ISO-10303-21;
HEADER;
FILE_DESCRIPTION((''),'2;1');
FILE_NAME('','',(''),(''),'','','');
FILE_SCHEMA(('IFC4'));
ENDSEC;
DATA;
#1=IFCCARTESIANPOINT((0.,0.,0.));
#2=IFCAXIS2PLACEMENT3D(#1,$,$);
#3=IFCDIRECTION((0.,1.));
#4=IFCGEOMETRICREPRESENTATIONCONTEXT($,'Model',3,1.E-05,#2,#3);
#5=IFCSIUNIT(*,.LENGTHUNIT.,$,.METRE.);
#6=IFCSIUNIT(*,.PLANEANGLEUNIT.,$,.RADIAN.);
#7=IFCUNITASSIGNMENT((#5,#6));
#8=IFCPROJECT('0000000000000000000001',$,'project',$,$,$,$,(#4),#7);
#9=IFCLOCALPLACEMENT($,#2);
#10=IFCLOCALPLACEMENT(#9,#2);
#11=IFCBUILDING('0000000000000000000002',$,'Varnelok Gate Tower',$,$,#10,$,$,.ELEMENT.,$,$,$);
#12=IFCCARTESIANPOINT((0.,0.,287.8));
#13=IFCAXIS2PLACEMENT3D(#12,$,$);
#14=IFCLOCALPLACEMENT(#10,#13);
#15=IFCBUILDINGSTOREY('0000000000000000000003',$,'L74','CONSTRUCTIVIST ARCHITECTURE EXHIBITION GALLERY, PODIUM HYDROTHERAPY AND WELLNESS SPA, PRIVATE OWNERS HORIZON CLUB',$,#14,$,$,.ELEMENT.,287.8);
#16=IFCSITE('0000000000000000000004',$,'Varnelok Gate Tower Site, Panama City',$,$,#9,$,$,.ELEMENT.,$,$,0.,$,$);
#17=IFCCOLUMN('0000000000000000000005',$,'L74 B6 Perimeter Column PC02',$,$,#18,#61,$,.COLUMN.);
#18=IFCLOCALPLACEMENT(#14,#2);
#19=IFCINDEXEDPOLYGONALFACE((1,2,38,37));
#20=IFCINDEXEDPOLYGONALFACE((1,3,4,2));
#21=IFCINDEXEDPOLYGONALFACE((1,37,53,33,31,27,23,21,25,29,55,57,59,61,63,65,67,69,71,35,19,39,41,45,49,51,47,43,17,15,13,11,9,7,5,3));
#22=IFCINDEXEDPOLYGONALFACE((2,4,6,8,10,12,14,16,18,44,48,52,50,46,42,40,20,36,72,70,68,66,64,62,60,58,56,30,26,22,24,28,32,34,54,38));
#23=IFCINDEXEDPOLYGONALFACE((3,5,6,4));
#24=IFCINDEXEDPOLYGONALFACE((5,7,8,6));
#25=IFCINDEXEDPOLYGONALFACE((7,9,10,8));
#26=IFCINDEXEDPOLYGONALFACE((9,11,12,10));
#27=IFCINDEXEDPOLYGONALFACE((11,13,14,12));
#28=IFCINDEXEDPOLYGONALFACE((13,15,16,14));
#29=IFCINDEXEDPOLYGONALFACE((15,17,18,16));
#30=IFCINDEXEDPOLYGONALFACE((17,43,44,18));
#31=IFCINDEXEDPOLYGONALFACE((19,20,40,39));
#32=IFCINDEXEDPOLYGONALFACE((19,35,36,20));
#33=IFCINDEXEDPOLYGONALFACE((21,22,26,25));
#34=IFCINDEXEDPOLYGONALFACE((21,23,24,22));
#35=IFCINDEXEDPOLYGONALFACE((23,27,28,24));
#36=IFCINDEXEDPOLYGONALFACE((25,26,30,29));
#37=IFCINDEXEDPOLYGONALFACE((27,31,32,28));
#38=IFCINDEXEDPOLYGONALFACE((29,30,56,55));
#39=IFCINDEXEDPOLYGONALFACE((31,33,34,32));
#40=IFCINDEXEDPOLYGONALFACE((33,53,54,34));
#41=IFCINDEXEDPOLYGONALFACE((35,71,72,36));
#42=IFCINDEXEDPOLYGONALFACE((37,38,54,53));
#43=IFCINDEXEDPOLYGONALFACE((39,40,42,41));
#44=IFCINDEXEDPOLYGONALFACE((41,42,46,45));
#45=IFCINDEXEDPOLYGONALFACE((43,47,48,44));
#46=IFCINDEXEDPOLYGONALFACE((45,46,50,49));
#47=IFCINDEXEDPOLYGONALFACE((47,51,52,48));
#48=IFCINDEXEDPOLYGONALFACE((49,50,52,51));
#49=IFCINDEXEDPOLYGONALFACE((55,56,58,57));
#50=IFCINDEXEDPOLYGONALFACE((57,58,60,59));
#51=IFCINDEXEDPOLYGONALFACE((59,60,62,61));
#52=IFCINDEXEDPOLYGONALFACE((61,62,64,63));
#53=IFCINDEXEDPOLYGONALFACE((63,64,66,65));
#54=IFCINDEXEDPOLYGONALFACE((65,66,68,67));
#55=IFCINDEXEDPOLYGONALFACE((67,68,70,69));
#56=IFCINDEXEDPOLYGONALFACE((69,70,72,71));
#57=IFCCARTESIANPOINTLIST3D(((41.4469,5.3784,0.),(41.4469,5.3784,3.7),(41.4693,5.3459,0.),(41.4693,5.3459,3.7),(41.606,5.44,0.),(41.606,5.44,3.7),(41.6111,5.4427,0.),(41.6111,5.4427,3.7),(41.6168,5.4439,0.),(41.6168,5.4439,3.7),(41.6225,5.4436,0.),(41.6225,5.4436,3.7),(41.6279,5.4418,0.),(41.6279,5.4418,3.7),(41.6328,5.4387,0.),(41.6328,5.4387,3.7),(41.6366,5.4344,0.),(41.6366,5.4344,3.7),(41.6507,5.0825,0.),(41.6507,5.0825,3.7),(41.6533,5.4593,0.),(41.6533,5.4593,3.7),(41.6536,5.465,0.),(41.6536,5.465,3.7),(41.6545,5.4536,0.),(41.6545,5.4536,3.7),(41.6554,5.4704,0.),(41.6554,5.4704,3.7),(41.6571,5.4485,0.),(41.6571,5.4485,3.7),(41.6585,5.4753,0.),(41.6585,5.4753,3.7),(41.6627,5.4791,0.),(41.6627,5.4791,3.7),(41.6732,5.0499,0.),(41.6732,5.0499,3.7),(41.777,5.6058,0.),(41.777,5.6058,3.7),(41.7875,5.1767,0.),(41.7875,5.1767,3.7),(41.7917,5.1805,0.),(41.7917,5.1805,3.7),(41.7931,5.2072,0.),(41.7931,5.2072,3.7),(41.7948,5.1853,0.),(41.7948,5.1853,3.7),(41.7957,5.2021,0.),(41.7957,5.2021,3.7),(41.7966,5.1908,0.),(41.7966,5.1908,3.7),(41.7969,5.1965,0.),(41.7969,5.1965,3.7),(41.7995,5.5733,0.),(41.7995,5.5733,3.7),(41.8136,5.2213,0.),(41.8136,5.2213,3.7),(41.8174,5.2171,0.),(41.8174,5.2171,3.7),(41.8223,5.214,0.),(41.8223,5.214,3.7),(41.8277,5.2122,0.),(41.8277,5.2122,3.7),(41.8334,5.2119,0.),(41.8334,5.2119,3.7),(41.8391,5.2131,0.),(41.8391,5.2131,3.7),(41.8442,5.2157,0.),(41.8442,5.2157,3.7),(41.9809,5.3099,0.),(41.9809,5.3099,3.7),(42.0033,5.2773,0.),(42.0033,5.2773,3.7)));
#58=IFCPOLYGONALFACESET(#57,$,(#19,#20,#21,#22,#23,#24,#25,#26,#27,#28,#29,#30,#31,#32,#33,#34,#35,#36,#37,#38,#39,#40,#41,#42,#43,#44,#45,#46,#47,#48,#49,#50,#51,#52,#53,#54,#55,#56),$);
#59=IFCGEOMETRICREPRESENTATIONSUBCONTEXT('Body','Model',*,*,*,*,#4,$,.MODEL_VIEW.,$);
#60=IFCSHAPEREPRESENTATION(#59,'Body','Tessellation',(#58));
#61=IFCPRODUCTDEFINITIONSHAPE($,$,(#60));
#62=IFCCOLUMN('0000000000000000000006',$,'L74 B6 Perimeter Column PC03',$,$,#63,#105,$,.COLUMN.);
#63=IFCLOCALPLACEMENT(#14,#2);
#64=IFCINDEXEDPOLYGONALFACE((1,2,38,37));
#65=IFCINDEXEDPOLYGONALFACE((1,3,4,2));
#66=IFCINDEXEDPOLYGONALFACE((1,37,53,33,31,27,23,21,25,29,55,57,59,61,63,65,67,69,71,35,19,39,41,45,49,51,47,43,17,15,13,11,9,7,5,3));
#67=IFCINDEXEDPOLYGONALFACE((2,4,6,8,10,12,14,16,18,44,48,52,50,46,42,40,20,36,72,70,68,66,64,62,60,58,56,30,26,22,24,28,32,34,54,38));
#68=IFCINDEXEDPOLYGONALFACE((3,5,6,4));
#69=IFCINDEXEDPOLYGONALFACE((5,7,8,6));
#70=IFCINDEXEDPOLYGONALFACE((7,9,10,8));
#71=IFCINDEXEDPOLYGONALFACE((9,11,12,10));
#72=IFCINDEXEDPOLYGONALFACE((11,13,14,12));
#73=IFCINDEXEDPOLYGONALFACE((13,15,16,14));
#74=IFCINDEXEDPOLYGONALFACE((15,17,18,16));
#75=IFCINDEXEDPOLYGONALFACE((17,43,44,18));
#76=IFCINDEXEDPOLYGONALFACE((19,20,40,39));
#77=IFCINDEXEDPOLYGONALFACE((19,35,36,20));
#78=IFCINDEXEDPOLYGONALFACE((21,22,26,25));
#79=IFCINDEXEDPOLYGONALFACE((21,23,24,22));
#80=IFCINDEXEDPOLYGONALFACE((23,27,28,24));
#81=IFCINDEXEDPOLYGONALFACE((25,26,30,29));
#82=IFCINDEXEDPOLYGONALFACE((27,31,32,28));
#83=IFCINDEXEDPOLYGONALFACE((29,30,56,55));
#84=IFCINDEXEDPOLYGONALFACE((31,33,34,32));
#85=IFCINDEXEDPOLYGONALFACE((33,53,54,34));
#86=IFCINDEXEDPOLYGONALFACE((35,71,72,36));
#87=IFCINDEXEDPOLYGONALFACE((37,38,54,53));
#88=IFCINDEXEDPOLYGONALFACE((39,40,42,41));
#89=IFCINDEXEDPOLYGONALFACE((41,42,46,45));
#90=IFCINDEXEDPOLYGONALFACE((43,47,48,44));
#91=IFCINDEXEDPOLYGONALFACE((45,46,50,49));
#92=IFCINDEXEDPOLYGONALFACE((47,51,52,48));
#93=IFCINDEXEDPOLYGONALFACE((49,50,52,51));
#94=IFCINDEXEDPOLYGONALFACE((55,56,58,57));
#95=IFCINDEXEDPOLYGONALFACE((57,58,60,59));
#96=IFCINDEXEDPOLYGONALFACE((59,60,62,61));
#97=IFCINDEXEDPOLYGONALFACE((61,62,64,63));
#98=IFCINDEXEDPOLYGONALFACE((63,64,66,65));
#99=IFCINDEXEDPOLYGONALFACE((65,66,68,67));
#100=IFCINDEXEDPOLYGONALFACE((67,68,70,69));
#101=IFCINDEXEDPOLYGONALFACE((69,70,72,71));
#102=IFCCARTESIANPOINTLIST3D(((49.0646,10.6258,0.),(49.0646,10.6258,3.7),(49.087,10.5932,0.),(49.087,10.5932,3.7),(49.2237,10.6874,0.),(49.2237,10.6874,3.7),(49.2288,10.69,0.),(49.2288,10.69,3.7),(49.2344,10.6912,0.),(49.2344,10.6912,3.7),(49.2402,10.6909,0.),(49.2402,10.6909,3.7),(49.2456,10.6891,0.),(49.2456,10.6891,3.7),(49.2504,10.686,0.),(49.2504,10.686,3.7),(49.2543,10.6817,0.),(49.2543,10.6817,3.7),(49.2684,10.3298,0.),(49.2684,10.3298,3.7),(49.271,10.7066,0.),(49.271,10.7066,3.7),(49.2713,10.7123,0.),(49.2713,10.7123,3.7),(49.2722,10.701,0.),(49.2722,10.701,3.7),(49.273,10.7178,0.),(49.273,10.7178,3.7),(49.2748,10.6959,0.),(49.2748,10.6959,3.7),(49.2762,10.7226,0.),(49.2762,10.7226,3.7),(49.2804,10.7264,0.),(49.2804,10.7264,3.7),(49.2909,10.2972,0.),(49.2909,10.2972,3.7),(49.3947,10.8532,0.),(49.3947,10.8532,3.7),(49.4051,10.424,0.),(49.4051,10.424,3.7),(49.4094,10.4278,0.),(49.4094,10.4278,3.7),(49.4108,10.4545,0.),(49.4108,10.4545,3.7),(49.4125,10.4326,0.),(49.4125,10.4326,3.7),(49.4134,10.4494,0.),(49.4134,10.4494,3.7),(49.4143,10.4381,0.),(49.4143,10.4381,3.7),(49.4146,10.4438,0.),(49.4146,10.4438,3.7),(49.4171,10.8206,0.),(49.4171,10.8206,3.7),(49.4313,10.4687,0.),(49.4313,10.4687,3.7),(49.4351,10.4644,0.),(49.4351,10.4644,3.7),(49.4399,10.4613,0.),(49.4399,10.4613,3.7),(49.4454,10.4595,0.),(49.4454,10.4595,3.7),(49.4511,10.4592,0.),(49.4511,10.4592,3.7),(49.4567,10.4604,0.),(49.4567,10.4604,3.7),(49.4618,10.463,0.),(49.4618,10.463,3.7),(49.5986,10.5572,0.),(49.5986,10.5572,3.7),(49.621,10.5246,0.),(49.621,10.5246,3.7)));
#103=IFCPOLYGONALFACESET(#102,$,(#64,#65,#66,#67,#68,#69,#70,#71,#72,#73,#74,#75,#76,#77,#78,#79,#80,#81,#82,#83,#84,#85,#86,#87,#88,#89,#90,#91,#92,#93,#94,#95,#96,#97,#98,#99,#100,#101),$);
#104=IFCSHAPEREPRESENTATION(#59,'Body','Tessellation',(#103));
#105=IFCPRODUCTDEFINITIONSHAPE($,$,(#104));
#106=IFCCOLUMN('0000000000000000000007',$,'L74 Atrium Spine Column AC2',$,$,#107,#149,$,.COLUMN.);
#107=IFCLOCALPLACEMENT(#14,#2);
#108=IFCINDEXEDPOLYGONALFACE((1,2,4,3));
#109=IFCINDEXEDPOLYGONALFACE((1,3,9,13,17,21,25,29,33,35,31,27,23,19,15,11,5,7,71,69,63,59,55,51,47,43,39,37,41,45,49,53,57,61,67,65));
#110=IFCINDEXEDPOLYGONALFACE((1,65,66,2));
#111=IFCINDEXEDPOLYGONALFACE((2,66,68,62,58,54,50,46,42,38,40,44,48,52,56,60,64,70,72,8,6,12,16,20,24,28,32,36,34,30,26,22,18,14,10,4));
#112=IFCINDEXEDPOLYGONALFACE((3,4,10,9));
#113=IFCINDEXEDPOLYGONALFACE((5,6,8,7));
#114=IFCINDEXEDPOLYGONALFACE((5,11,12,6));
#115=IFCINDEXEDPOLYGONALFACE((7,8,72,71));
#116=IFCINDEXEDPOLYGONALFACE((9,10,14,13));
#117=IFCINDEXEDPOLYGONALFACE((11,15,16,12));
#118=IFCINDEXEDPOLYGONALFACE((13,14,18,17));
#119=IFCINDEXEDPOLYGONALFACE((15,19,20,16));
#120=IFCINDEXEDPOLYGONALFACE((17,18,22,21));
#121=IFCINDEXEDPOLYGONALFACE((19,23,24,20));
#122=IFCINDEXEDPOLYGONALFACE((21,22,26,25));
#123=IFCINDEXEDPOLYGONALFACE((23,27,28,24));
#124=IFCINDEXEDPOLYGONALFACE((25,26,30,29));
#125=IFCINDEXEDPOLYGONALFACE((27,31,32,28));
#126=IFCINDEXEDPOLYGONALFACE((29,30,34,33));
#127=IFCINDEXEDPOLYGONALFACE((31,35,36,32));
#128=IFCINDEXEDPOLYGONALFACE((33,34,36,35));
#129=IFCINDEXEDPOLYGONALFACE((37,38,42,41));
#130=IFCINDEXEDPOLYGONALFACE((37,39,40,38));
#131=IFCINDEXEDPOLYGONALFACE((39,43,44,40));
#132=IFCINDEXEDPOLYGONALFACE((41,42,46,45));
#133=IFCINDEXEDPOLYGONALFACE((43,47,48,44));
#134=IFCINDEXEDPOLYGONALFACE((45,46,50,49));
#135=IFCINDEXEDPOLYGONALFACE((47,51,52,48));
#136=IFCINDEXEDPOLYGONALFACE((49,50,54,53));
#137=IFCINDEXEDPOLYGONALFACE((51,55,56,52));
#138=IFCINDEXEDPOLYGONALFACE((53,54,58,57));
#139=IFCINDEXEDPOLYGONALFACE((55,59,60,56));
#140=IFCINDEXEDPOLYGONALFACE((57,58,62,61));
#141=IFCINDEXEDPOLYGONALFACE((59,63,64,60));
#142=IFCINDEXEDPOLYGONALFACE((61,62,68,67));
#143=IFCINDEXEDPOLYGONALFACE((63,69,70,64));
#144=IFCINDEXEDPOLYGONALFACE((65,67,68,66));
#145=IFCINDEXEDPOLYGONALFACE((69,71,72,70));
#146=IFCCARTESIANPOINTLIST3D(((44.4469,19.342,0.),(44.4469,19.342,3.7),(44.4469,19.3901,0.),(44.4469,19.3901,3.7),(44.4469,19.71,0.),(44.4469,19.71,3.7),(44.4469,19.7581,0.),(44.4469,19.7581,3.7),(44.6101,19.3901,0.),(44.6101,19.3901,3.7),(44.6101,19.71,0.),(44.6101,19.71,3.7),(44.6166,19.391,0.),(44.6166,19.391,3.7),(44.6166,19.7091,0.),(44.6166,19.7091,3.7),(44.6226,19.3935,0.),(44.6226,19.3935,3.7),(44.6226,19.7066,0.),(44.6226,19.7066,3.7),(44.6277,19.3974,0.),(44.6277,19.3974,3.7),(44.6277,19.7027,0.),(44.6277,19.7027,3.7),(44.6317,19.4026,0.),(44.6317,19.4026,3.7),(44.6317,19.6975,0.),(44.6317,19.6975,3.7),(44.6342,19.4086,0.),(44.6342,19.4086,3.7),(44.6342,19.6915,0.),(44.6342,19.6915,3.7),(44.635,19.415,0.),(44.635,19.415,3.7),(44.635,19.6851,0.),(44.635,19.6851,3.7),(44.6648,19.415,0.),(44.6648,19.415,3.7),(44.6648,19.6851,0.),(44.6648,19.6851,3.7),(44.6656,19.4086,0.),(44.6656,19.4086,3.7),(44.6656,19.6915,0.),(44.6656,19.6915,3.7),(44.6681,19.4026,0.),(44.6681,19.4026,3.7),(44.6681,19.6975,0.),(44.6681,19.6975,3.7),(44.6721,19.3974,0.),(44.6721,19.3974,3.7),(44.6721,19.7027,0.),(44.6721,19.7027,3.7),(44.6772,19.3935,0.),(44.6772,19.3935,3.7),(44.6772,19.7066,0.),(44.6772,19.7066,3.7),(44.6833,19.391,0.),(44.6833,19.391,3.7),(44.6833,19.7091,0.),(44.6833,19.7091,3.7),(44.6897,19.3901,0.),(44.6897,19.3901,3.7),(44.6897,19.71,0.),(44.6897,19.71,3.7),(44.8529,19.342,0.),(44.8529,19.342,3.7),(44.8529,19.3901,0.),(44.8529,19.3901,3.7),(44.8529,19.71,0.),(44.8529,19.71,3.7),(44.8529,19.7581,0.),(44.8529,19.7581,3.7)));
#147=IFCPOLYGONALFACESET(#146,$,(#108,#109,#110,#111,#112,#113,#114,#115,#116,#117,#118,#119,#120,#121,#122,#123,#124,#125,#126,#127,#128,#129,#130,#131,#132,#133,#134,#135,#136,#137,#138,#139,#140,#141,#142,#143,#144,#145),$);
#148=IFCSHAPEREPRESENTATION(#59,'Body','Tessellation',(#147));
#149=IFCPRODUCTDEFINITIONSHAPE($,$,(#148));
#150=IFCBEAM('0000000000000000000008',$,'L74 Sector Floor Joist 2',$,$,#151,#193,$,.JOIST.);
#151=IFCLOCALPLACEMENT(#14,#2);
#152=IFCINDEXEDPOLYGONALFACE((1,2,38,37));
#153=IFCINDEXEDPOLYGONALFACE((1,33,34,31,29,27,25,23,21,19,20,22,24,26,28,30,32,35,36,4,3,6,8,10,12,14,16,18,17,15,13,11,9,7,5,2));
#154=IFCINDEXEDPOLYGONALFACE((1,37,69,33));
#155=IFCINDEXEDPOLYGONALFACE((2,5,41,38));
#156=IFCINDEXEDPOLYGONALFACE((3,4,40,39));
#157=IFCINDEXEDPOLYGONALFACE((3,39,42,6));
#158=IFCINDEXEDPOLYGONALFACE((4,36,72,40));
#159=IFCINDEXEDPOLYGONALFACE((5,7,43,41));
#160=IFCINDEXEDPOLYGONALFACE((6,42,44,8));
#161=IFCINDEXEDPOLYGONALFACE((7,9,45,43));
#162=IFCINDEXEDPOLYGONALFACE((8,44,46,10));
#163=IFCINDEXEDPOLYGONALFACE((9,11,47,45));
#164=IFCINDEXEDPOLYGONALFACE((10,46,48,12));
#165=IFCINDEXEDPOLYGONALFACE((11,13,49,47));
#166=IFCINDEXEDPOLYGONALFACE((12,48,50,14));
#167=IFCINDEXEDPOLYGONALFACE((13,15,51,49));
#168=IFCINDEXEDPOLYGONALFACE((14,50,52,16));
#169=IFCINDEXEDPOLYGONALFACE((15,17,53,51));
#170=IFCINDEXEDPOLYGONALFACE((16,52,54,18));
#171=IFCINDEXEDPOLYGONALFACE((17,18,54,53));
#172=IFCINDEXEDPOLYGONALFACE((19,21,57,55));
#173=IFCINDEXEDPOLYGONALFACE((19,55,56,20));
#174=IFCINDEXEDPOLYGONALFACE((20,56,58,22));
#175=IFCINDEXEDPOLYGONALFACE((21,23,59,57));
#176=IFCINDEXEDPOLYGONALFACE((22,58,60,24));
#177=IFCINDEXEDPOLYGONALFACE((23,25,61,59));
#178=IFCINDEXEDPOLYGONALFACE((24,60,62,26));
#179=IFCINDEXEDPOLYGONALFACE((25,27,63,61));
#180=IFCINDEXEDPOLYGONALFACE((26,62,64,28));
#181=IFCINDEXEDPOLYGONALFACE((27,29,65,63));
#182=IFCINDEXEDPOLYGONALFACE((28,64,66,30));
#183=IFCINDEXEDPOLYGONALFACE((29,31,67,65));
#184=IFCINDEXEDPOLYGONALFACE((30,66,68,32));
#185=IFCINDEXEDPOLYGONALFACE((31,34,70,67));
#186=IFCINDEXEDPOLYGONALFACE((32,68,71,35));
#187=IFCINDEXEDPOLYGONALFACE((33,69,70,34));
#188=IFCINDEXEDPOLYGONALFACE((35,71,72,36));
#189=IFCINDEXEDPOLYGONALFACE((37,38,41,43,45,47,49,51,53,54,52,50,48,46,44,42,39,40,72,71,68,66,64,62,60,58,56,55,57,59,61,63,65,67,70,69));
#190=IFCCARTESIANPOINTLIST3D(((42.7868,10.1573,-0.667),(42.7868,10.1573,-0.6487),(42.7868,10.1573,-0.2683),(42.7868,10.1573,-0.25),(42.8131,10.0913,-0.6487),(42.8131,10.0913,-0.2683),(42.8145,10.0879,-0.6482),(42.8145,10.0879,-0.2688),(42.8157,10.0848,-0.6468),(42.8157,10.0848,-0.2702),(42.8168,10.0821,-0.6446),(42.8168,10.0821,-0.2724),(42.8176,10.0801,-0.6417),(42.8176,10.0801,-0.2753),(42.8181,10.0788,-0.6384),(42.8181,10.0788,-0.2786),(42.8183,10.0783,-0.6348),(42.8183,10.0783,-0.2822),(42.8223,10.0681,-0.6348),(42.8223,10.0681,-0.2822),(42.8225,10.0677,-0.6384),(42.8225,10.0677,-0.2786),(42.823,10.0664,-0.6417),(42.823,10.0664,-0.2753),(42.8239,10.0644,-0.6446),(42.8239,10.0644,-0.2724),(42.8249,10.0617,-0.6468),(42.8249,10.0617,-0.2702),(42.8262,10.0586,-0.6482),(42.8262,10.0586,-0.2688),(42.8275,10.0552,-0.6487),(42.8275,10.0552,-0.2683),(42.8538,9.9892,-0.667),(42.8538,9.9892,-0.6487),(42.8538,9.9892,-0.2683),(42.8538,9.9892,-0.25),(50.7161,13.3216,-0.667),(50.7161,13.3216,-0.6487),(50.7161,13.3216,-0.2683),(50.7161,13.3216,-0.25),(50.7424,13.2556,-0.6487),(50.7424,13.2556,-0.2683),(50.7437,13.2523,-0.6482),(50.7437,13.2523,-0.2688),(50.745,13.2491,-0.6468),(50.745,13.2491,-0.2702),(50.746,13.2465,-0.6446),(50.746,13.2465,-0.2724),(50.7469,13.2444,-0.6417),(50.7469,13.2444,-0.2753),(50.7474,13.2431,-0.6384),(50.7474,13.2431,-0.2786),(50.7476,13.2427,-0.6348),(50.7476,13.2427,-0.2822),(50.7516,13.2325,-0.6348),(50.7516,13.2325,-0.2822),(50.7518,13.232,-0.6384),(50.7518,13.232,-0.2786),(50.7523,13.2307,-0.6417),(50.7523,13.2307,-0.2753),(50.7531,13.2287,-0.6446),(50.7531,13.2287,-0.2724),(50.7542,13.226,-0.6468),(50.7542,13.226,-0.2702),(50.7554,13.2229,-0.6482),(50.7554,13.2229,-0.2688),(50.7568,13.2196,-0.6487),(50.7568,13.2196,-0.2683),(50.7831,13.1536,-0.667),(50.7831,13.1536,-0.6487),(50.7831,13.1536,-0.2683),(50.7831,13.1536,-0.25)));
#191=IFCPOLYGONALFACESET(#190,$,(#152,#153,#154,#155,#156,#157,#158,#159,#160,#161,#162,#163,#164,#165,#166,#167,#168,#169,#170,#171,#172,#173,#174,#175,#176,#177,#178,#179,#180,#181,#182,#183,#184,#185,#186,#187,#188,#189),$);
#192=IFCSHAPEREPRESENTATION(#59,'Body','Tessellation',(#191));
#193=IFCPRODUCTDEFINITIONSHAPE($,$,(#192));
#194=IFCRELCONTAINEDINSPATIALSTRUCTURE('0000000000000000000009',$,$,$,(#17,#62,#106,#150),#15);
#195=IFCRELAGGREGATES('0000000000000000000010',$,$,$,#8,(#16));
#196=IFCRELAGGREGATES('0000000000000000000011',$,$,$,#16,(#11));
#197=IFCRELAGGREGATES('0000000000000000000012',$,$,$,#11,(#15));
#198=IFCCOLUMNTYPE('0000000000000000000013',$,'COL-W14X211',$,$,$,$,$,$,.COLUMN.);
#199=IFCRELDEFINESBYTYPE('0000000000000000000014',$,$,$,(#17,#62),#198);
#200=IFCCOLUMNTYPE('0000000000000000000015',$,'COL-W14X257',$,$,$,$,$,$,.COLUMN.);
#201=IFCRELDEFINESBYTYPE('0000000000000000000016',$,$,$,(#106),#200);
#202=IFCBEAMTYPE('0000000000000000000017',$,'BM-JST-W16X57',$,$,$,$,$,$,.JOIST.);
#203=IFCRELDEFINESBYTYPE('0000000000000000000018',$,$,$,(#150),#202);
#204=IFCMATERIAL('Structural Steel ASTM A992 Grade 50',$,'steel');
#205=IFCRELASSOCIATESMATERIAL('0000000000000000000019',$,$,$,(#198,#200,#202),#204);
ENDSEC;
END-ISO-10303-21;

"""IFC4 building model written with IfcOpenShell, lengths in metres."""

from ifc_helpers import new_model, si_unit, direction, frame, origin, origin_2d, place, context, subcontext, project, spatial, i_section, extrude, material, material_profile, profile_set, type_object, element, save


model = new_model("IFC4")

# Units and contexts
model_context = context("Model", 3, precision=1e-05, world=origin(), true_north=direction((0.0, 1.0)))
body_context = subcontext(model_context, "Body", "Model", "MODEL_VIEW")
ifc_project = project(units=[si_unit("LENGTHUNIT", "METRE"), si_unit("PLANEANGLEUNIT", "RADIAN")], contexts=[model_context])

# Site, building, storey
site_placement = place(None, origin())
site = spatial("IfcSite", under=ifc_project, at=site_placement, Name="Varnelok Gate Tower Site, Panama City", CompositionType="ELEMENT", RefElevation=0.0)
building_placement = place(site_placement, origin())
building = spatial("IfcBuilding", under=site, at=building_placement, Name="Varnelok Gate Tower", CompositionType="ELEMENT")
storey_placement = place(building_placement, frame((0.0, 0.0, 287.8)))
storey = spatial("IfcBuildingStorey", under=building, at=storey_placement, Name="L74", Description="CONSTRUCTIVIST ARCHITECTURE EXHIBITION GALLERY, PODIUM HYDROTHERAPY AND WELLNESS SPA, PRIVATE OWNERS HORIZON CLUB", CompositionType="ELEMENT", Elevation=287.8)

# Columns
ifc_material_1 = material(Name="Structural Steel ASTM A992 Grade 50", Category="steel")
ifc_material_profile_1 = material_profile(ifc_material_1, i_section(OverallWidth=0.4009, OverallDepth=0.3989, WebThickness=0.0249, FlangeThickness=0.0396, FilletRadius=0.022, at=origin_2d()), Name="W14X211")
ifc_profile_set_1 = profile_set([ifc_material_profile_1], Name="Structural Steel ASTM A992 Grade 50")
column_type_1 = type_object("IfcColumnType", Name="COL-W14X211", PredefinedType="COLUMN", material=ifc_profile_set_1)
for number, where, z_axis, x_axis, name in (
    (1, (41.7251, 5.3279, 0.0), (0.0, 0.0, 1.0), (0.823533, 0.567269, 0.0), "L74 B6 Perimeter Column PC02"),
    (2, (49.3428, 10.5752, 0.0), (0.0, 0.0, 1.0), (0.823533, 0.567269, 0.0), "L74 B6 Perimeter Column PC03"),
):
    element("IfcColumn", number, at=place(storey_placement, frame(where, z_axis=z_axis, x_axis=x_axis)), inside=storey, type_object=column_type_1, Name=name, PredefinedType="COLUMN", context=body_context, shape_type="SweptSolid", body=[
        extrude(i_section(OverallWidth=0.4009, OverallDepth=0.3989, WebThickness=0.0249, FlangeThickness=0.0396, FilletRadius=0.022, at=origin_2d()), origin(), (0.0, 0.0, 1.0), 3.7),
    ])
ifc_material_profile_2 = material_profile(ifc_material_1, i_section(OverallWidth=0.406, OverallDepth=0.416, WebThickness=0.0298, FlangeThickness=0.0481, FilletRadius=0.0249, at=origin_2d()), Name="W14X257")
ifc_profile_set_2 = profile_set([ifc_material_profile_2], Name="Structural Steel ASTM A992 Grade 50")
column_type_2 = type_object("IfcColumnType", Name="COL-W14X257", PredefinedType="COLUMN", material=ifc_profile_set_2)
column_placement = place(storey_placement, frame((44.6499, 19.55, 0.0), z_axis=(0.0, 0.0, 1.0), x_axis=(1.0, 0.0, 0.0)))
element("IfcColumn", 3, at=column_placement, inside=storey, type_object=column_type_2, Name="L74 Atrium Spine Column AC2", PredefinedType="COLUMN", context=body_context, shape_type="SweptSolid", body=[
    extrude(i_section(OverallWidth=0.406, OverallDepth=0.416, WebThickness=0.0298, FlangeThickness=0.0481, FilletRadius=0.0249, at=origin_2d()), origin(), (0.0, 0.0, 1.0), 3.7),
])

# Beam
ifc_material_profile_3 = material_profile(ifc_material_1, i_section(OverallWidth=0.1809, OverallDepth=0.417, WebThickness=0.011, FlangeThickness=0.0183, FilletRadius=0.0139, at=origin_2d()), Name="W16X57")
ifc_profile_set_3 = profile_set([ifc_material_profile_3], Name="Structural Steel ASTM A992 Grade 50")
beam_type_1 = type_object("IfcBeamType", Name="BM-JST-W16X57", PredefinedType="JOIST", material=ifc_profile_set_3)
beam_1_placement = place(storey_placement, frame((42.8203, 10.0732, -0.4585), z_axis=(0.928774, 0.370646, 0.0), x_axis=(-0.370646, 0.928774, 0.0)))
element("IfcBeam", 4, at=beam_1_placement, inside=storey, type_object=beam_type_1, Name="L74 Sector Floor Joist 2", PredefinedType="JOIST", context=body_context, shape_type="SweptSolid", body=[
    extrude(i_section(OverallWidth=0.1809, OverallDepth=0.417, WebThickness=0.011, FlangeThickness=0.0183, FilletRadius=0.0139, at=origin_2d()), origin(), (0.0, 0.0, 1.0), 8.5374),
])

save(model, "model.ifc")
